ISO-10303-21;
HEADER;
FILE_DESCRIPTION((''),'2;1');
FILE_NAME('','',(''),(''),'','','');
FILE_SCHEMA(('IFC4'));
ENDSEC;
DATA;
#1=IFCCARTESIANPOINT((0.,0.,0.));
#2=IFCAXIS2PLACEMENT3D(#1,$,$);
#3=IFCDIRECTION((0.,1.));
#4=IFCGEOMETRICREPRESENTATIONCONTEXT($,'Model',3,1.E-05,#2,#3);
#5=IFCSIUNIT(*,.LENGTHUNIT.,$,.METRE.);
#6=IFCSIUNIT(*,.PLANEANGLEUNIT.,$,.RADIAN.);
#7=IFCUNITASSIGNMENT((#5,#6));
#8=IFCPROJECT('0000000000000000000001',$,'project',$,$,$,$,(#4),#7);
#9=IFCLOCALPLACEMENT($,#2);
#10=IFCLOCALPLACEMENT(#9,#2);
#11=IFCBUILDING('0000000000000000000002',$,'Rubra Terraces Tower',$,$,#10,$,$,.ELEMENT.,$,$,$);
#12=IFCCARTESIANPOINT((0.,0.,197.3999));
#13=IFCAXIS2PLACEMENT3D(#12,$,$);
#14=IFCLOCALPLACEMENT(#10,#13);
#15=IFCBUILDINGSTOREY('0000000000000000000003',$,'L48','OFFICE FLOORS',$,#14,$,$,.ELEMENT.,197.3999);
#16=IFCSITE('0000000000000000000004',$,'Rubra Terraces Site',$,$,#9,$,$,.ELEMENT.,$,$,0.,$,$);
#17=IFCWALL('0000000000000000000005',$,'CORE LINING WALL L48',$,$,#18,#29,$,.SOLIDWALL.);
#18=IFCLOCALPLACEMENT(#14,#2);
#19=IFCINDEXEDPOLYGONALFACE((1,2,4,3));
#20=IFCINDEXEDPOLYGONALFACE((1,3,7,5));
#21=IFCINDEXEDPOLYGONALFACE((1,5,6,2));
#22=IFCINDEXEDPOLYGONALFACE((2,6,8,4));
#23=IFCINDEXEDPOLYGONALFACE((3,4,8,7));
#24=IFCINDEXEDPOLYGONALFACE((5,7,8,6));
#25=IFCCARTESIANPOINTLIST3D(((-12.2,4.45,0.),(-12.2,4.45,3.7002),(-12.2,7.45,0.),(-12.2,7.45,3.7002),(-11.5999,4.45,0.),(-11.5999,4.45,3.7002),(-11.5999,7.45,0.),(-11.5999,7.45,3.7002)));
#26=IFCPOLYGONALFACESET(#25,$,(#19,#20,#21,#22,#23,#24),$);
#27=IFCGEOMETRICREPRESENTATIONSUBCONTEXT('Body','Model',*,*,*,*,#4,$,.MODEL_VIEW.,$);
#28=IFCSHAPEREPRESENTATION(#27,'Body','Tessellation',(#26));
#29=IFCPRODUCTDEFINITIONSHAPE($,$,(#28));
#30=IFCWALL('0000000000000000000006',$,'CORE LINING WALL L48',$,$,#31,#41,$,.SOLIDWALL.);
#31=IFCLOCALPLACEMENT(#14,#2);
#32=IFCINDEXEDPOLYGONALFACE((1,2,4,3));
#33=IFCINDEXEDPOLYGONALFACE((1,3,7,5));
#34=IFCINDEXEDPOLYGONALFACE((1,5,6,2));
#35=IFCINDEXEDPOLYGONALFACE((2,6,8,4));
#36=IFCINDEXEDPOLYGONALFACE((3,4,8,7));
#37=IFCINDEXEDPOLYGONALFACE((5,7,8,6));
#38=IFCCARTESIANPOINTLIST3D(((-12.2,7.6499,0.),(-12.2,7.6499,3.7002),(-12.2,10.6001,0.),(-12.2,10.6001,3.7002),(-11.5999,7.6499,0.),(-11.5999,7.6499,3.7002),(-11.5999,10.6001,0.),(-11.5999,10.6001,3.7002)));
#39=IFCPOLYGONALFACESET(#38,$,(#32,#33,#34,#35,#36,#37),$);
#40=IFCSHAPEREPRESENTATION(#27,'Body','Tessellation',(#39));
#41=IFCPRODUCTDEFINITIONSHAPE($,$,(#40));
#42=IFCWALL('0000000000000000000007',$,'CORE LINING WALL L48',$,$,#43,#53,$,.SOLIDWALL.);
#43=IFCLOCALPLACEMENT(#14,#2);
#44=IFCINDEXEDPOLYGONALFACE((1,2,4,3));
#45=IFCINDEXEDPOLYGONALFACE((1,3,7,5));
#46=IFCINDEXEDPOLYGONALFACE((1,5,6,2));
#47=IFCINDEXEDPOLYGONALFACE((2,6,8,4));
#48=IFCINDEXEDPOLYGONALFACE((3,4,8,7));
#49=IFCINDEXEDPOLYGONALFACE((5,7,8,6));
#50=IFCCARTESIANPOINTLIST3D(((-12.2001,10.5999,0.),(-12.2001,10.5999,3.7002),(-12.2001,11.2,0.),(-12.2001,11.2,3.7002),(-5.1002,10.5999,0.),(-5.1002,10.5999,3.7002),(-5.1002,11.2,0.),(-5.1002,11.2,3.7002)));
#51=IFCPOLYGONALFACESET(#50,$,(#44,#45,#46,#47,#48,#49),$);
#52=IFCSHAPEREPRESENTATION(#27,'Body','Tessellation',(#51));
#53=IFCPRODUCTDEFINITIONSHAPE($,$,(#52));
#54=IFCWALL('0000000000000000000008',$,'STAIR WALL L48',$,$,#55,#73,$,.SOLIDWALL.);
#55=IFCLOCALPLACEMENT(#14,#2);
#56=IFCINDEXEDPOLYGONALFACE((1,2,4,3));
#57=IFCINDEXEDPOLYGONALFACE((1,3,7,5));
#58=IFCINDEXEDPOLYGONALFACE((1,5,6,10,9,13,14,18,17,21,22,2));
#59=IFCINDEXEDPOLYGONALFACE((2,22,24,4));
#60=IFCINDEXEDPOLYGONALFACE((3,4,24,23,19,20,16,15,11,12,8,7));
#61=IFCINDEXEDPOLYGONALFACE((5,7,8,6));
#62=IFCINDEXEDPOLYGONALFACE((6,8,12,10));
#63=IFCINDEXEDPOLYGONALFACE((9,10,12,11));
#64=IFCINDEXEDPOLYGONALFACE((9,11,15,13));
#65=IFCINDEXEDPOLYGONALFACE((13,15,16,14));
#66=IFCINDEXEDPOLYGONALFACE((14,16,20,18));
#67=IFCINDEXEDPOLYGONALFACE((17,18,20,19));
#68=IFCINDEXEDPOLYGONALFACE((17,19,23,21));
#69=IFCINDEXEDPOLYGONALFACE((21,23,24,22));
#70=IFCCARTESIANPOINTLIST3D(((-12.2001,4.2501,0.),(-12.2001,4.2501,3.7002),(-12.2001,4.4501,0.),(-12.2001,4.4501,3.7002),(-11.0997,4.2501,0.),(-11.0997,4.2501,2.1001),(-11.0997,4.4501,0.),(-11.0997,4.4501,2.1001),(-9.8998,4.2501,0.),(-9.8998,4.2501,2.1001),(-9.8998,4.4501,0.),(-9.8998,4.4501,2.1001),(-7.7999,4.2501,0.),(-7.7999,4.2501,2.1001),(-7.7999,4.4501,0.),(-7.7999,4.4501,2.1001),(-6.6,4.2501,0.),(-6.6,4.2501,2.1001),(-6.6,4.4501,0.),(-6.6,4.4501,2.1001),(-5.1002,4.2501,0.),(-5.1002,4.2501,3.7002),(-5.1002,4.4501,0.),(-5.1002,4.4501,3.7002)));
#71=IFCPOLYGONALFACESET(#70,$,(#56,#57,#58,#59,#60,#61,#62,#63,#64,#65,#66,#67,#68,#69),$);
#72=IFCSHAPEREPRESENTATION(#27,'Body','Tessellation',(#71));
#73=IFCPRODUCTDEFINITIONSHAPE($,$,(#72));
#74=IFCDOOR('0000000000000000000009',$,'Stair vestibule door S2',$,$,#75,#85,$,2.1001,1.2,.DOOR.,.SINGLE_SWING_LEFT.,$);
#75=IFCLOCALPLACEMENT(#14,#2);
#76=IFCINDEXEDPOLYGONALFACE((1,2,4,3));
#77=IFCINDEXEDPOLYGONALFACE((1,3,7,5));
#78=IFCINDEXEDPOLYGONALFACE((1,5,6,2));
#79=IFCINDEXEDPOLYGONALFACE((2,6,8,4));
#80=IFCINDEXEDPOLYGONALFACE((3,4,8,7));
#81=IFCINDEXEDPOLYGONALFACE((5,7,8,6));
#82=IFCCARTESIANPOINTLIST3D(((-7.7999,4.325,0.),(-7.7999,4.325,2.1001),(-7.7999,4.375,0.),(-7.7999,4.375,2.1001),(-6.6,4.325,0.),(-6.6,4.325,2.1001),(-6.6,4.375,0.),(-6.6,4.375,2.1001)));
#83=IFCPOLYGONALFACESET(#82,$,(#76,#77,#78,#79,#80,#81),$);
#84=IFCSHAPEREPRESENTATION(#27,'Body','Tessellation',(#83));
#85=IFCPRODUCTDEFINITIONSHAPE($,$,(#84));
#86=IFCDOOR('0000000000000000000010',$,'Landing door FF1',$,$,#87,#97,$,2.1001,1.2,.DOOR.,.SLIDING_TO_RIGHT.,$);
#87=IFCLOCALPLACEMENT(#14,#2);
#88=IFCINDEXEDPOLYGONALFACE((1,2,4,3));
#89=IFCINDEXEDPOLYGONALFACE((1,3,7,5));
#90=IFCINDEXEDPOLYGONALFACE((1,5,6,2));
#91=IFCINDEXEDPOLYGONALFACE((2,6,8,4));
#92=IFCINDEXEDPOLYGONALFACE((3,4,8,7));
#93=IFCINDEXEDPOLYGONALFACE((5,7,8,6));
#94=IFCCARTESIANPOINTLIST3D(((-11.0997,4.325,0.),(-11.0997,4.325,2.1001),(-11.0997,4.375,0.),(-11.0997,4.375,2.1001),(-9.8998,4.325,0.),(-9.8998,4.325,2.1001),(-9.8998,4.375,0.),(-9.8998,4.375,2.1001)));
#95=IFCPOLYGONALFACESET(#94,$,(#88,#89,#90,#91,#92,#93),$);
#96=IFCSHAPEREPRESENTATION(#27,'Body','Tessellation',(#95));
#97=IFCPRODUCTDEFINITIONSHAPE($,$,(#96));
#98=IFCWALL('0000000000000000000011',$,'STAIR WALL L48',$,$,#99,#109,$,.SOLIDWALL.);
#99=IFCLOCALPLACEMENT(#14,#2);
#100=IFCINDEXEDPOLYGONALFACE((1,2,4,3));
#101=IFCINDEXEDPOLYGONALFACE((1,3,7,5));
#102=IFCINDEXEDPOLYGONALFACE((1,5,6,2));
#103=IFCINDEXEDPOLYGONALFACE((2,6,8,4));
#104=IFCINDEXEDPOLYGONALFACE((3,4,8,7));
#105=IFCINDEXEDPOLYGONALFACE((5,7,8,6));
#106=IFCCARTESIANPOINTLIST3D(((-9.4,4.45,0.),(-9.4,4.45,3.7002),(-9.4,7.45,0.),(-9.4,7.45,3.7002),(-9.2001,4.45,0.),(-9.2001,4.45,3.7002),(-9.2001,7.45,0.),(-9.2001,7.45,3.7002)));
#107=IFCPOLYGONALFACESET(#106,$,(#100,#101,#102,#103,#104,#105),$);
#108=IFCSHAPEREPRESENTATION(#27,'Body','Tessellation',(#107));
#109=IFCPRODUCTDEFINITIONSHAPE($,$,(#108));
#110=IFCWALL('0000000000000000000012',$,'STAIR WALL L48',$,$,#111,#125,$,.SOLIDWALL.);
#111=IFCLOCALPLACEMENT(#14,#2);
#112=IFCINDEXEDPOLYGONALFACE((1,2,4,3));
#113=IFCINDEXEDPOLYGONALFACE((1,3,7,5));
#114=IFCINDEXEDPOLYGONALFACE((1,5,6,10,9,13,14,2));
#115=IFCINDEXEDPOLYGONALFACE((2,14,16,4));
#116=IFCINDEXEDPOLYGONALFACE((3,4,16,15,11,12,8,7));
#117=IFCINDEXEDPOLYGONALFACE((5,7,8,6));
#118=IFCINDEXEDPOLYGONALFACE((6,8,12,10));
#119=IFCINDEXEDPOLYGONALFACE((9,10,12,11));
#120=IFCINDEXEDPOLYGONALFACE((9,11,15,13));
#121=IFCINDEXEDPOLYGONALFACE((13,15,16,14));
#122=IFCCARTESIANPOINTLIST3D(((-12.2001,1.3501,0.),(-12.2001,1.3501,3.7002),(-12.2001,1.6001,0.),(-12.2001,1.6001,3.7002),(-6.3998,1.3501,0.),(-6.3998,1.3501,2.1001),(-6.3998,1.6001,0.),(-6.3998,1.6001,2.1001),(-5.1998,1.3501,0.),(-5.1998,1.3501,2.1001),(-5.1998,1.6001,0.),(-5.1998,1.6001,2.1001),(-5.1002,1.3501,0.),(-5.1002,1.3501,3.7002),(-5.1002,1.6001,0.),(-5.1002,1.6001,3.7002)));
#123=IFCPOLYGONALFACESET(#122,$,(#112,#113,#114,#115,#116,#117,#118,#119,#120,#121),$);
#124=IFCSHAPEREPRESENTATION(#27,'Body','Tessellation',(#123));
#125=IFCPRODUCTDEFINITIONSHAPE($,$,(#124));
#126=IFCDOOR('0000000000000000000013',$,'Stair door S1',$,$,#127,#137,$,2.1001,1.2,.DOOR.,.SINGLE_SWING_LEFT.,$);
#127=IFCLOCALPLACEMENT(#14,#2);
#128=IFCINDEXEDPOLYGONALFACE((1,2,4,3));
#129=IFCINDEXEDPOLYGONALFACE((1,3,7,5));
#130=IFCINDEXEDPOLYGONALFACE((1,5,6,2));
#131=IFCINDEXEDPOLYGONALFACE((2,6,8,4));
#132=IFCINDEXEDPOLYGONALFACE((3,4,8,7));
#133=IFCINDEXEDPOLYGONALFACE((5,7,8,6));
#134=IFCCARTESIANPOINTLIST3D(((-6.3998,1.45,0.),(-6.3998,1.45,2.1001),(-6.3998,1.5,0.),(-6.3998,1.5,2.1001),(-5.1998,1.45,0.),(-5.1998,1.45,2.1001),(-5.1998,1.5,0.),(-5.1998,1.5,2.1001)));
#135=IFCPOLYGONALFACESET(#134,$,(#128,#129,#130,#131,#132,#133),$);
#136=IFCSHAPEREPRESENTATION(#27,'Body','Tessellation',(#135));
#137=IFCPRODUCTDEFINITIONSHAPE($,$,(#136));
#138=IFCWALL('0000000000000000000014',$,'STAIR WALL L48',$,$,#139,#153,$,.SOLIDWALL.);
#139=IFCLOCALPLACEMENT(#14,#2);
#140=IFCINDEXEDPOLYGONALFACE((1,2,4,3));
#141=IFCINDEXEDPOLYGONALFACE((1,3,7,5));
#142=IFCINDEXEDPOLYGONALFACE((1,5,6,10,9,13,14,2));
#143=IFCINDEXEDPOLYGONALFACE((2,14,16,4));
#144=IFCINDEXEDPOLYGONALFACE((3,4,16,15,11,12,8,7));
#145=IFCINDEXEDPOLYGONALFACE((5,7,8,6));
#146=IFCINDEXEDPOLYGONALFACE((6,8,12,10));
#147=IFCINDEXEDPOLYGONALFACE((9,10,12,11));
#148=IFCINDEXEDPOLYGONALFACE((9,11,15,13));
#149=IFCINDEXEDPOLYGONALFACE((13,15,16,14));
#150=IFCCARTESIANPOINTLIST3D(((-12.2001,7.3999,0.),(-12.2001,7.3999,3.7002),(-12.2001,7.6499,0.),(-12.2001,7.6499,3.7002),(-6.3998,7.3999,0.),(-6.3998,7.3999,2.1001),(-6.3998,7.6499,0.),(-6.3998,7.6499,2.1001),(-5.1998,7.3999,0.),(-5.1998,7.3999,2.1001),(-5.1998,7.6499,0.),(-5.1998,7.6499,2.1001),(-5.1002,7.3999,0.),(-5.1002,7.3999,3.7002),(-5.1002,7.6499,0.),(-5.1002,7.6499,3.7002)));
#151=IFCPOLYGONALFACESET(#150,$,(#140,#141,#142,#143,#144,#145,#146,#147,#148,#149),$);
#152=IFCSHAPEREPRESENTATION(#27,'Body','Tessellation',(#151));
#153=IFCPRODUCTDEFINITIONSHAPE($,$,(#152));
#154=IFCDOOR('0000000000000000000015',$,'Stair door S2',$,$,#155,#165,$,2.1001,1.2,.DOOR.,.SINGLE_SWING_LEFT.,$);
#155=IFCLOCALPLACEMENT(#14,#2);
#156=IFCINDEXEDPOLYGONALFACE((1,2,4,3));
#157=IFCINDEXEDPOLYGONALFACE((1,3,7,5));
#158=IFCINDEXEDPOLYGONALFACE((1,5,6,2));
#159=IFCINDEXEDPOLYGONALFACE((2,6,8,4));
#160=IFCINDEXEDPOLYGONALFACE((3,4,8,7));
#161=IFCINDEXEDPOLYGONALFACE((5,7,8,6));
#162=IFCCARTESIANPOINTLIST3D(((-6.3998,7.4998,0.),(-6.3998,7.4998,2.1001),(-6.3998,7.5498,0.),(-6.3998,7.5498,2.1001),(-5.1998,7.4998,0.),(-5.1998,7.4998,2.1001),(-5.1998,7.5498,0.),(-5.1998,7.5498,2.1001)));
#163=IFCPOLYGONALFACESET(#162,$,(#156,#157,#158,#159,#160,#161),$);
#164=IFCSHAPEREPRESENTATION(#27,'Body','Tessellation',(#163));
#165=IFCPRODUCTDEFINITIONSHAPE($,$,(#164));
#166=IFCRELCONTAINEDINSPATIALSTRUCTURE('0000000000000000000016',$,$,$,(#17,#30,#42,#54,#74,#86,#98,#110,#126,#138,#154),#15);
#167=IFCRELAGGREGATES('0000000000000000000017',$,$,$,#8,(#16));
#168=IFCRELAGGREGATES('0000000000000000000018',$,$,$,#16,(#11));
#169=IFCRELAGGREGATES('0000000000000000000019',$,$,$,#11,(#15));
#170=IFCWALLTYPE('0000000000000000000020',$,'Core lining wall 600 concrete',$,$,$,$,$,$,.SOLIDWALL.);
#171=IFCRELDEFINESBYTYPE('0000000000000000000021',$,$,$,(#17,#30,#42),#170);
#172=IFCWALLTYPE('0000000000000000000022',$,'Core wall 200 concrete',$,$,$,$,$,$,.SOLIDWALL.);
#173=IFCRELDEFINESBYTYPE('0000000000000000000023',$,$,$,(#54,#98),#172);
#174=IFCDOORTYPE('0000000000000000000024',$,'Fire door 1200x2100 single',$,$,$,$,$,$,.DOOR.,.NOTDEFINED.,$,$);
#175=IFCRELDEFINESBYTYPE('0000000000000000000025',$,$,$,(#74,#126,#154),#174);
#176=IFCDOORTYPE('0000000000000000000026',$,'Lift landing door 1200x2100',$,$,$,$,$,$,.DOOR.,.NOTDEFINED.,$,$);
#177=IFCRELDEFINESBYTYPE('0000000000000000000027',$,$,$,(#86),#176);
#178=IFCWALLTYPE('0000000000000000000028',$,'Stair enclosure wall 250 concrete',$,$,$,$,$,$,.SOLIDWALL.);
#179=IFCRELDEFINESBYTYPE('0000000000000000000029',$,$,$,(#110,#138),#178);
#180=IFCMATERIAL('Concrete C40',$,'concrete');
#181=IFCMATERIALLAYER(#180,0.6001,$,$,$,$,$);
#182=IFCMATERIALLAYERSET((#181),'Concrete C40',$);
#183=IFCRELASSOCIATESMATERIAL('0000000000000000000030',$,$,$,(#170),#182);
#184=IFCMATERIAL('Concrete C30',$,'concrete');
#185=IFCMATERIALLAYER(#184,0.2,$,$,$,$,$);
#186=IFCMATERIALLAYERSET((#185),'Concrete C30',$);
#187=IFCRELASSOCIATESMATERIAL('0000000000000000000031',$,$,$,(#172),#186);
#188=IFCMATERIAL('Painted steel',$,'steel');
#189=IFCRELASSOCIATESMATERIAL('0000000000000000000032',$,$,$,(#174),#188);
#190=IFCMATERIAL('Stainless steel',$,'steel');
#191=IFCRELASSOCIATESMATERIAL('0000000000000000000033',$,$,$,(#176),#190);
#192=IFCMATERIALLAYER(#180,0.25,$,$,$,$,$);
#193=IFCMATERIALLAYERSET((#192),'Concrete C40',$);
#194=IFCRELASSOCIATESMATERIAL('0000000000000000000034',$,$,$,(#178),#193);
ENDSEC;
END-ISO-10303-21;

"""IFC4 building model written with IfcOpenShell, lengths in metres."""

from ifc_helpers import new_model, si_unit, direction, frame, frame_2d, origin, place, context, subcontext, project, spatial, rectangle, extrude, material, layer, layer_set, type_object, element, fill, save


model = new_model("IFC4")

# Units and contexts
model_context = context("Model", 3, precision=1e-05, world=origin(), true_north=direction((0.0, 1.0)))
body_context = subcontext(model_context, "Body", "Model", "MODEL_VIEW")
ifc_project = project(units=[si_unit("LENGTHUNIT", "METRE"), si_unit("PLANEANGLEUNIT", "RADIAN")], contexts=[model_context])

# Site, building, storey
site_placement = place(None, origin())
site = spatial("IfcSite", under=ifc_project, at=site_placement, Name="Rubra Terraces Site", CompositionType="ELEMENT", RefElevation=0.0)
building_placement = place(site_placement, origin())
building = spatial("IfcBuilding", under=site, at=building_placement, Name="Rubra Terraces Tower", CompositionType="ELEMENT")
storey_placement = place(building_placement, frame((0.0, 0.0, 197.3999)))
storey = spatial("IfcBuildingStorey", under=building, at=storey_placement, Name="L48", Description="OFFICE FLOORS", CompositionType="ELEMENT", Elevation=197.3999)

# Walls
ifc_material_1 = material(Name="Concrete C40", Category="concrete")
ifc_layer_1 = layer(ifc_material_1, 0.6001)
ifc_layer_set_1 = layer_set([ifc_layer_1], Name="Concrete C40")
wall_type_1 = type_object("IfcWallType", Name="Core lining wall 600 concrete", PredefinedType="SOLIDWALL", material=ifc_layer_set_1)
wall_1_placement = place(storey_placement, frame((-11.8999, 4.45, 0.0), z_axis=(0.0, 0.0, 1.0), x_axis=(0.0, 1.0, 0.0)))
element("IfcWall", 1, at=wall_1_placement, inside=storey, type_object=wall_type_1, Name="CORE LINING WALL L48", PredefinedType="SOLIDWALL", context=body_context, shape_type="SweptSolid", body=[
    extrude(rectangle(XDim=3.0, YDim=0.6001, at=frame_2d((1.5, 0.0))), origin(), (0.0, 0.0, 1.0), 3.7002),
])
wall_2_placement = place(storey_placement, frame((-11.8999, 7.6499, 0.0), z_axis=(0.0, 0.0, 1.0), x_axis=(0.0, 1.0, 0.0)))
element("IfcWall", 2, at=wall_2_placement, inside=storey, type_object=wall_type_1, Name="CORE LINING WALL L48", PredefinedType="SOLIDWALL", context=body_context, shape_type="SweptSolid", body=[
    extrude(rectangle(XDim=2.9502, YDim=0.6001, at=frame_2d((1.4751, 0.0))), origin(), (0.0, 0.0, 1.0), 3.7002),
])
wall_3_placement = place(storey_placement, frame((-12.2, 10.8999, 0.0), z_axis=(0.0, 0.0, 1.0), x_axis=(1.0, 0.0, 0.0)))
element("IfcWall", 3, at=wall_3_placement, inside=storey, type_object=wall_type_1, Name="CORE LINING WALL L48", PredefinedType="SOLIDWALL", context=body_context, shape_type="SweptSolid", body=[
    extrude(rectangle(XDim=7.0999, YDim=0.6001, at=frame_2d((3.5498, 0.0))), origin(), (0.0, 0.0, 1.0), 3.7002),
])

# Wall, openings, doors
ifc_material_2 = material(Name="Concrete C30", Category="concrete")
ifc_layer_2 = layer(ifc_material_2, 0.2)
ifc_layer_set_2 = layer_set([ifc_layer_2], Name="Concrete C30")
wall_type_2 = type_object("IfcWallType", Name="Core wall 200 concrete", PredefinedType="SOLIDWALL", material=ifc_layer_set_2)
wall_4_placement = place(storey_placement, frame((-12.2, 4.3501, 0.0), z_axis=(0.0, 0.0, 1.0), x_axis=(1.0, 0.0, 0.0)))
wall_4 = element("IfcWall", 4, at=wall_4_placement, inside=storey, type_object=wall_type_2, Name="STAIR WALL L48", PredefinedType="SOLIDWALL", context=body_context, shape_type="SweptSolid", body=[
    extrude(rectangle(XDim=7.0999, YDim=0.2, at=frame_2d((3.5498, 0.0))), origin(), (0.0, 0.0, 1.0), 3.7002),
])
opening_1_placement = place(wall_4_placement, frame((4.3999, 0.0, 0.0)))
opening_1 = element("IfcOpeningElement", 5, at=opening_1_placement, cuts=wall_4, PredefinedType="OPENING", context=body_context, shape_type="SweptSolid", body=[
    extrude(rectangle(XDim=1.2, YDim=2.1001, at=frame_2d((0.6001, 1.05))), frame((0.0, 0.1099, 0.0), z_axis=(0.0, -1.0, 0.0), x_axis=(1.0, 0.0, 0.0)), (0.0, 0.0, 1.0), 0.22),
])
opening_2_placement = place(wall_4_placement, frame((1.1001, 0.0, 0.0)))
opening_2 = element("IfcOpeningElement", 6, at=opening_2_placement, cuts=wall_4, PredefinedType="OPENING", context=body_context, shape_type="SweptSolid", body=[
    extrude(rectangle(XDim=1.2, YDim=2.1001, at=frame_2d((0.6001, 1.05))), frame((0.0, 0.1099, 0.0), z_axis=(0.0, -1.0, 0.0), x_axis=(1.0, 0.0, 0.0)), (0.0, 0.0, 1.0), 0.22),
])
ifc_material_3 = material(Name="Painted steel", Category="steel")
door_type_1 = type_object("IfcDoorType", Name="Fire door 1200x2100 single", OperationType="NOTDEFINED", PredefinedType="DOOR", material=ifc_material_3)
door_1_placement = place(opening_1_placement, origin())
door_1 = element("IfcDoor", 7, at=door_1_placement, inside=storey, type_object=door_type_1, Name="Stair vestibule door S2", OperationType="SINGLE_SWING_LEFT", OverallHeight=2.1001, OverallWidth=1.2, PredefinedType="DOOR", context=body_context, shape_type="SweptSolid", body=[
    extrude(rectangle(XDim=1.2, YDim=2.1001, at=frame_2d((0.6001, 1.05))), frame((0.0, 0.0249, 0.0), z_axis=(0.0, -1.0, 0.0), x_axis=(1.0, 0.0, 0.0)), (0.0, 0.0, 1.0), 0.05),
])
fill(opening_1, door_1)
ifc_material_4 = material(Name="Stainless steel", Category="steel")
door_type_2 = type_object("IfcDoorType", Name="Lift landing door 1200x2100", OperationType="NOTDEFINED", PredefinedType="DOOR", material=ifc_material_4)
door_2_placement = place(opening_2_placement, origin())
door_2 = element("IfcDoor", 8, at=door_2_placement, inside=storey, type_object=door_type_2, Name="Landing door FF1", OperationType="SLIDING_TO_RIGHT", OverallHeight=2.1001, OverallWidth=1.2, PredefinedType="DOOR", context=body_context, shape_type="SweptSolid", body=[
    extrude(rectangle(XDim=1.2, YDim=2.1001, at=frame_2d((0.6001, 1.05))), frame((0.0, 0.0249, 0.0), z_axis=(0.0, -1.0, 0.0), x_axis=(1.0, 0.0, 0.0)), (0.0, 0.0, 1.0), 0.05),
])
fill(opening_2, door_2)

# Wall
wall_5_placement = place(storey_placement, frame((-9.3, 4.45, 0.0), z_axis=(0.0, 0.0, 1.0), x_axis=(0.0, 1.0, 0.0)))
element("IfcWall", 9, at=wall_5_placement, inside=storey, type_object=wall_type_2, Name="STAIR WALL L48", PredefinedType="SOLIDWALL", context=body_context, shape_type="SweptSolid", body=[
    extrude(rectangle(XDim=3.0, YDim=0.2, at=frame_2d((1.5, 0.0))), origin(), (0.0, 0.0, 1.0), 3.7002),
])

# Walls, openings, doors
ifc_layer_3 = layer(ifc_material_1, 0.25)
ifc_layer_set_3 = layer_set([ifc_layer_3], Name="Concrete C40")
wall_type_3 = type_object("IfcWallType", Name="Stair enclosure wall 250 concrete", PredefinedType="SOLIDWALL", material=ifc_layer_set_3)
wall_6_placement = place(storey_placement, frame((-12.2, 1.4751, 0.0), z_axis=(0.0, 0.0, 1.0), x_axis=(1.0, 0.0, 0.0)))
wall_6 = element("IfcWall", 10, at=wall_6_placement, inside=storey, type_object=wall_type_3, Name="STAIR WALL L48", PredefinedType="SOLIDWALL", context=body_context, shape_type="SweptSolid", body=[
    extrude(rectangle(XDim=7.0999, YDim=0.25, at=frame_2d((3.5498, 0.0))), origin(), (0.0, 0.0, 1.0), 3.7002),
])
opening_3_placement = place(wall_6_placement, frame((5.8, 0.0, 0.0)))
opening_3 = element("IfcOpeningElement", 11, at=opening_3_placement, cuts=wall_6, PredefinedType="OPENING", context=body_context, shape_type="SweptSolid", body=[
    extrude(rectangle(XDim=1.2, YDim=2.1001, at=frame_2d((0.6001, 1.05))), frame((0.0, 0.135, 0.0), z_axis=(0.0, -1.0, 0.0), x_axis=(1.0, 0.0, 0.0)), (0.0, 0.0, 1.0), 0.27),
])
door_3_placement = place(opening_3_placement, origin())
door_3 = element("IfcDoor", 12, at=door_3_placement, inside=storey, type_object=door_type_1, Name="Stair door S1", OperationType="SINGLE_SWING_LEFT", OverallHeight=2.1001, OverallWidth=1.2, PredefinedType="DOOR", context=body_context, shape_type="SweptSolid", body=[
    extrude(rectangle(XDim=1.2, YDim=2.1001, at=frame_2d((0.6001, 1.05))), frame((0.0, 0.0249, 0.0), z_axis=(0.0, -1.0, 0.0), x_axis=(1.0, 0.0, 0.0)), (0.0, 0.0, 1.0), 0.05),
])
fill(opening_3, door_3)
wall_7_placement = place(storey_placement, frame((-12.2, 7.5249, 0.0), z_axis=(0.0, 0.0, 1.0), x_axis=(1.0, 0.0, 0.0)))
wall_7 = element("IfcWall", 13, at=wall_7_placement, inside=storey, type_object=wall_type_3, Name="STAIR WALL L48", PredefinedType="SOLIDWALL", context=body_context, shape_type="SweptSolid", body=[
    extrude(rectangle(XDim=7.0999, YDim=0.25, at=frame_2d((3.5498, 0.0))), origin(), (0.0, 0.0, 1.0), 3.7002),
])
opening_4_placement = place(wall_7_placement, frame((5.8, 0.0, 0.0)))
opening_4 = element("IfcOpeningElement", 14, at=opening_4_placement, cuts=wall_7, PredefinedType="OPENING", context=body_context, shape_type="SweptSolid", body=[
    extrude(rectangle(XDim=1.2, YDim=2.1001, at=frame_2d((0.6001, 1.05))), frame((0.0, 0.135, 0.0), z_axis=(0.0, -1.0, 0.0), x_axis=(1.0, 0.0, 0.0)), (0.0, 0.0, 1.0), 0.27),
])
door_4_placement = place(opening_4_placement, origin())
door_4 = element("IfcDoor", 15, at=door_4_placement, inside=storey, type_object=door_type_1, Name="Stair door S2", OperationType="SINGLE_SWING_LEFT", OverallHeight=2.1001, OverallWidth=1.2, PredefinedType="DOOR", context=body_context, shape_type="SweptSolid", body=[
    extrude(rectangle(XDim=1.2, YDim=2.1001, at=frame_2d((0.6001, 1.05))), frame((0.0, 0.0249, 0.0), z_axis=(0.0, -1.0, 0.0), x_axis=(1.0, 0.0, 0.0)), (0.0, 0.0, 1.0), 0.05),
])
fill(opening_4, door_4)

save(model, "model.ifc")
